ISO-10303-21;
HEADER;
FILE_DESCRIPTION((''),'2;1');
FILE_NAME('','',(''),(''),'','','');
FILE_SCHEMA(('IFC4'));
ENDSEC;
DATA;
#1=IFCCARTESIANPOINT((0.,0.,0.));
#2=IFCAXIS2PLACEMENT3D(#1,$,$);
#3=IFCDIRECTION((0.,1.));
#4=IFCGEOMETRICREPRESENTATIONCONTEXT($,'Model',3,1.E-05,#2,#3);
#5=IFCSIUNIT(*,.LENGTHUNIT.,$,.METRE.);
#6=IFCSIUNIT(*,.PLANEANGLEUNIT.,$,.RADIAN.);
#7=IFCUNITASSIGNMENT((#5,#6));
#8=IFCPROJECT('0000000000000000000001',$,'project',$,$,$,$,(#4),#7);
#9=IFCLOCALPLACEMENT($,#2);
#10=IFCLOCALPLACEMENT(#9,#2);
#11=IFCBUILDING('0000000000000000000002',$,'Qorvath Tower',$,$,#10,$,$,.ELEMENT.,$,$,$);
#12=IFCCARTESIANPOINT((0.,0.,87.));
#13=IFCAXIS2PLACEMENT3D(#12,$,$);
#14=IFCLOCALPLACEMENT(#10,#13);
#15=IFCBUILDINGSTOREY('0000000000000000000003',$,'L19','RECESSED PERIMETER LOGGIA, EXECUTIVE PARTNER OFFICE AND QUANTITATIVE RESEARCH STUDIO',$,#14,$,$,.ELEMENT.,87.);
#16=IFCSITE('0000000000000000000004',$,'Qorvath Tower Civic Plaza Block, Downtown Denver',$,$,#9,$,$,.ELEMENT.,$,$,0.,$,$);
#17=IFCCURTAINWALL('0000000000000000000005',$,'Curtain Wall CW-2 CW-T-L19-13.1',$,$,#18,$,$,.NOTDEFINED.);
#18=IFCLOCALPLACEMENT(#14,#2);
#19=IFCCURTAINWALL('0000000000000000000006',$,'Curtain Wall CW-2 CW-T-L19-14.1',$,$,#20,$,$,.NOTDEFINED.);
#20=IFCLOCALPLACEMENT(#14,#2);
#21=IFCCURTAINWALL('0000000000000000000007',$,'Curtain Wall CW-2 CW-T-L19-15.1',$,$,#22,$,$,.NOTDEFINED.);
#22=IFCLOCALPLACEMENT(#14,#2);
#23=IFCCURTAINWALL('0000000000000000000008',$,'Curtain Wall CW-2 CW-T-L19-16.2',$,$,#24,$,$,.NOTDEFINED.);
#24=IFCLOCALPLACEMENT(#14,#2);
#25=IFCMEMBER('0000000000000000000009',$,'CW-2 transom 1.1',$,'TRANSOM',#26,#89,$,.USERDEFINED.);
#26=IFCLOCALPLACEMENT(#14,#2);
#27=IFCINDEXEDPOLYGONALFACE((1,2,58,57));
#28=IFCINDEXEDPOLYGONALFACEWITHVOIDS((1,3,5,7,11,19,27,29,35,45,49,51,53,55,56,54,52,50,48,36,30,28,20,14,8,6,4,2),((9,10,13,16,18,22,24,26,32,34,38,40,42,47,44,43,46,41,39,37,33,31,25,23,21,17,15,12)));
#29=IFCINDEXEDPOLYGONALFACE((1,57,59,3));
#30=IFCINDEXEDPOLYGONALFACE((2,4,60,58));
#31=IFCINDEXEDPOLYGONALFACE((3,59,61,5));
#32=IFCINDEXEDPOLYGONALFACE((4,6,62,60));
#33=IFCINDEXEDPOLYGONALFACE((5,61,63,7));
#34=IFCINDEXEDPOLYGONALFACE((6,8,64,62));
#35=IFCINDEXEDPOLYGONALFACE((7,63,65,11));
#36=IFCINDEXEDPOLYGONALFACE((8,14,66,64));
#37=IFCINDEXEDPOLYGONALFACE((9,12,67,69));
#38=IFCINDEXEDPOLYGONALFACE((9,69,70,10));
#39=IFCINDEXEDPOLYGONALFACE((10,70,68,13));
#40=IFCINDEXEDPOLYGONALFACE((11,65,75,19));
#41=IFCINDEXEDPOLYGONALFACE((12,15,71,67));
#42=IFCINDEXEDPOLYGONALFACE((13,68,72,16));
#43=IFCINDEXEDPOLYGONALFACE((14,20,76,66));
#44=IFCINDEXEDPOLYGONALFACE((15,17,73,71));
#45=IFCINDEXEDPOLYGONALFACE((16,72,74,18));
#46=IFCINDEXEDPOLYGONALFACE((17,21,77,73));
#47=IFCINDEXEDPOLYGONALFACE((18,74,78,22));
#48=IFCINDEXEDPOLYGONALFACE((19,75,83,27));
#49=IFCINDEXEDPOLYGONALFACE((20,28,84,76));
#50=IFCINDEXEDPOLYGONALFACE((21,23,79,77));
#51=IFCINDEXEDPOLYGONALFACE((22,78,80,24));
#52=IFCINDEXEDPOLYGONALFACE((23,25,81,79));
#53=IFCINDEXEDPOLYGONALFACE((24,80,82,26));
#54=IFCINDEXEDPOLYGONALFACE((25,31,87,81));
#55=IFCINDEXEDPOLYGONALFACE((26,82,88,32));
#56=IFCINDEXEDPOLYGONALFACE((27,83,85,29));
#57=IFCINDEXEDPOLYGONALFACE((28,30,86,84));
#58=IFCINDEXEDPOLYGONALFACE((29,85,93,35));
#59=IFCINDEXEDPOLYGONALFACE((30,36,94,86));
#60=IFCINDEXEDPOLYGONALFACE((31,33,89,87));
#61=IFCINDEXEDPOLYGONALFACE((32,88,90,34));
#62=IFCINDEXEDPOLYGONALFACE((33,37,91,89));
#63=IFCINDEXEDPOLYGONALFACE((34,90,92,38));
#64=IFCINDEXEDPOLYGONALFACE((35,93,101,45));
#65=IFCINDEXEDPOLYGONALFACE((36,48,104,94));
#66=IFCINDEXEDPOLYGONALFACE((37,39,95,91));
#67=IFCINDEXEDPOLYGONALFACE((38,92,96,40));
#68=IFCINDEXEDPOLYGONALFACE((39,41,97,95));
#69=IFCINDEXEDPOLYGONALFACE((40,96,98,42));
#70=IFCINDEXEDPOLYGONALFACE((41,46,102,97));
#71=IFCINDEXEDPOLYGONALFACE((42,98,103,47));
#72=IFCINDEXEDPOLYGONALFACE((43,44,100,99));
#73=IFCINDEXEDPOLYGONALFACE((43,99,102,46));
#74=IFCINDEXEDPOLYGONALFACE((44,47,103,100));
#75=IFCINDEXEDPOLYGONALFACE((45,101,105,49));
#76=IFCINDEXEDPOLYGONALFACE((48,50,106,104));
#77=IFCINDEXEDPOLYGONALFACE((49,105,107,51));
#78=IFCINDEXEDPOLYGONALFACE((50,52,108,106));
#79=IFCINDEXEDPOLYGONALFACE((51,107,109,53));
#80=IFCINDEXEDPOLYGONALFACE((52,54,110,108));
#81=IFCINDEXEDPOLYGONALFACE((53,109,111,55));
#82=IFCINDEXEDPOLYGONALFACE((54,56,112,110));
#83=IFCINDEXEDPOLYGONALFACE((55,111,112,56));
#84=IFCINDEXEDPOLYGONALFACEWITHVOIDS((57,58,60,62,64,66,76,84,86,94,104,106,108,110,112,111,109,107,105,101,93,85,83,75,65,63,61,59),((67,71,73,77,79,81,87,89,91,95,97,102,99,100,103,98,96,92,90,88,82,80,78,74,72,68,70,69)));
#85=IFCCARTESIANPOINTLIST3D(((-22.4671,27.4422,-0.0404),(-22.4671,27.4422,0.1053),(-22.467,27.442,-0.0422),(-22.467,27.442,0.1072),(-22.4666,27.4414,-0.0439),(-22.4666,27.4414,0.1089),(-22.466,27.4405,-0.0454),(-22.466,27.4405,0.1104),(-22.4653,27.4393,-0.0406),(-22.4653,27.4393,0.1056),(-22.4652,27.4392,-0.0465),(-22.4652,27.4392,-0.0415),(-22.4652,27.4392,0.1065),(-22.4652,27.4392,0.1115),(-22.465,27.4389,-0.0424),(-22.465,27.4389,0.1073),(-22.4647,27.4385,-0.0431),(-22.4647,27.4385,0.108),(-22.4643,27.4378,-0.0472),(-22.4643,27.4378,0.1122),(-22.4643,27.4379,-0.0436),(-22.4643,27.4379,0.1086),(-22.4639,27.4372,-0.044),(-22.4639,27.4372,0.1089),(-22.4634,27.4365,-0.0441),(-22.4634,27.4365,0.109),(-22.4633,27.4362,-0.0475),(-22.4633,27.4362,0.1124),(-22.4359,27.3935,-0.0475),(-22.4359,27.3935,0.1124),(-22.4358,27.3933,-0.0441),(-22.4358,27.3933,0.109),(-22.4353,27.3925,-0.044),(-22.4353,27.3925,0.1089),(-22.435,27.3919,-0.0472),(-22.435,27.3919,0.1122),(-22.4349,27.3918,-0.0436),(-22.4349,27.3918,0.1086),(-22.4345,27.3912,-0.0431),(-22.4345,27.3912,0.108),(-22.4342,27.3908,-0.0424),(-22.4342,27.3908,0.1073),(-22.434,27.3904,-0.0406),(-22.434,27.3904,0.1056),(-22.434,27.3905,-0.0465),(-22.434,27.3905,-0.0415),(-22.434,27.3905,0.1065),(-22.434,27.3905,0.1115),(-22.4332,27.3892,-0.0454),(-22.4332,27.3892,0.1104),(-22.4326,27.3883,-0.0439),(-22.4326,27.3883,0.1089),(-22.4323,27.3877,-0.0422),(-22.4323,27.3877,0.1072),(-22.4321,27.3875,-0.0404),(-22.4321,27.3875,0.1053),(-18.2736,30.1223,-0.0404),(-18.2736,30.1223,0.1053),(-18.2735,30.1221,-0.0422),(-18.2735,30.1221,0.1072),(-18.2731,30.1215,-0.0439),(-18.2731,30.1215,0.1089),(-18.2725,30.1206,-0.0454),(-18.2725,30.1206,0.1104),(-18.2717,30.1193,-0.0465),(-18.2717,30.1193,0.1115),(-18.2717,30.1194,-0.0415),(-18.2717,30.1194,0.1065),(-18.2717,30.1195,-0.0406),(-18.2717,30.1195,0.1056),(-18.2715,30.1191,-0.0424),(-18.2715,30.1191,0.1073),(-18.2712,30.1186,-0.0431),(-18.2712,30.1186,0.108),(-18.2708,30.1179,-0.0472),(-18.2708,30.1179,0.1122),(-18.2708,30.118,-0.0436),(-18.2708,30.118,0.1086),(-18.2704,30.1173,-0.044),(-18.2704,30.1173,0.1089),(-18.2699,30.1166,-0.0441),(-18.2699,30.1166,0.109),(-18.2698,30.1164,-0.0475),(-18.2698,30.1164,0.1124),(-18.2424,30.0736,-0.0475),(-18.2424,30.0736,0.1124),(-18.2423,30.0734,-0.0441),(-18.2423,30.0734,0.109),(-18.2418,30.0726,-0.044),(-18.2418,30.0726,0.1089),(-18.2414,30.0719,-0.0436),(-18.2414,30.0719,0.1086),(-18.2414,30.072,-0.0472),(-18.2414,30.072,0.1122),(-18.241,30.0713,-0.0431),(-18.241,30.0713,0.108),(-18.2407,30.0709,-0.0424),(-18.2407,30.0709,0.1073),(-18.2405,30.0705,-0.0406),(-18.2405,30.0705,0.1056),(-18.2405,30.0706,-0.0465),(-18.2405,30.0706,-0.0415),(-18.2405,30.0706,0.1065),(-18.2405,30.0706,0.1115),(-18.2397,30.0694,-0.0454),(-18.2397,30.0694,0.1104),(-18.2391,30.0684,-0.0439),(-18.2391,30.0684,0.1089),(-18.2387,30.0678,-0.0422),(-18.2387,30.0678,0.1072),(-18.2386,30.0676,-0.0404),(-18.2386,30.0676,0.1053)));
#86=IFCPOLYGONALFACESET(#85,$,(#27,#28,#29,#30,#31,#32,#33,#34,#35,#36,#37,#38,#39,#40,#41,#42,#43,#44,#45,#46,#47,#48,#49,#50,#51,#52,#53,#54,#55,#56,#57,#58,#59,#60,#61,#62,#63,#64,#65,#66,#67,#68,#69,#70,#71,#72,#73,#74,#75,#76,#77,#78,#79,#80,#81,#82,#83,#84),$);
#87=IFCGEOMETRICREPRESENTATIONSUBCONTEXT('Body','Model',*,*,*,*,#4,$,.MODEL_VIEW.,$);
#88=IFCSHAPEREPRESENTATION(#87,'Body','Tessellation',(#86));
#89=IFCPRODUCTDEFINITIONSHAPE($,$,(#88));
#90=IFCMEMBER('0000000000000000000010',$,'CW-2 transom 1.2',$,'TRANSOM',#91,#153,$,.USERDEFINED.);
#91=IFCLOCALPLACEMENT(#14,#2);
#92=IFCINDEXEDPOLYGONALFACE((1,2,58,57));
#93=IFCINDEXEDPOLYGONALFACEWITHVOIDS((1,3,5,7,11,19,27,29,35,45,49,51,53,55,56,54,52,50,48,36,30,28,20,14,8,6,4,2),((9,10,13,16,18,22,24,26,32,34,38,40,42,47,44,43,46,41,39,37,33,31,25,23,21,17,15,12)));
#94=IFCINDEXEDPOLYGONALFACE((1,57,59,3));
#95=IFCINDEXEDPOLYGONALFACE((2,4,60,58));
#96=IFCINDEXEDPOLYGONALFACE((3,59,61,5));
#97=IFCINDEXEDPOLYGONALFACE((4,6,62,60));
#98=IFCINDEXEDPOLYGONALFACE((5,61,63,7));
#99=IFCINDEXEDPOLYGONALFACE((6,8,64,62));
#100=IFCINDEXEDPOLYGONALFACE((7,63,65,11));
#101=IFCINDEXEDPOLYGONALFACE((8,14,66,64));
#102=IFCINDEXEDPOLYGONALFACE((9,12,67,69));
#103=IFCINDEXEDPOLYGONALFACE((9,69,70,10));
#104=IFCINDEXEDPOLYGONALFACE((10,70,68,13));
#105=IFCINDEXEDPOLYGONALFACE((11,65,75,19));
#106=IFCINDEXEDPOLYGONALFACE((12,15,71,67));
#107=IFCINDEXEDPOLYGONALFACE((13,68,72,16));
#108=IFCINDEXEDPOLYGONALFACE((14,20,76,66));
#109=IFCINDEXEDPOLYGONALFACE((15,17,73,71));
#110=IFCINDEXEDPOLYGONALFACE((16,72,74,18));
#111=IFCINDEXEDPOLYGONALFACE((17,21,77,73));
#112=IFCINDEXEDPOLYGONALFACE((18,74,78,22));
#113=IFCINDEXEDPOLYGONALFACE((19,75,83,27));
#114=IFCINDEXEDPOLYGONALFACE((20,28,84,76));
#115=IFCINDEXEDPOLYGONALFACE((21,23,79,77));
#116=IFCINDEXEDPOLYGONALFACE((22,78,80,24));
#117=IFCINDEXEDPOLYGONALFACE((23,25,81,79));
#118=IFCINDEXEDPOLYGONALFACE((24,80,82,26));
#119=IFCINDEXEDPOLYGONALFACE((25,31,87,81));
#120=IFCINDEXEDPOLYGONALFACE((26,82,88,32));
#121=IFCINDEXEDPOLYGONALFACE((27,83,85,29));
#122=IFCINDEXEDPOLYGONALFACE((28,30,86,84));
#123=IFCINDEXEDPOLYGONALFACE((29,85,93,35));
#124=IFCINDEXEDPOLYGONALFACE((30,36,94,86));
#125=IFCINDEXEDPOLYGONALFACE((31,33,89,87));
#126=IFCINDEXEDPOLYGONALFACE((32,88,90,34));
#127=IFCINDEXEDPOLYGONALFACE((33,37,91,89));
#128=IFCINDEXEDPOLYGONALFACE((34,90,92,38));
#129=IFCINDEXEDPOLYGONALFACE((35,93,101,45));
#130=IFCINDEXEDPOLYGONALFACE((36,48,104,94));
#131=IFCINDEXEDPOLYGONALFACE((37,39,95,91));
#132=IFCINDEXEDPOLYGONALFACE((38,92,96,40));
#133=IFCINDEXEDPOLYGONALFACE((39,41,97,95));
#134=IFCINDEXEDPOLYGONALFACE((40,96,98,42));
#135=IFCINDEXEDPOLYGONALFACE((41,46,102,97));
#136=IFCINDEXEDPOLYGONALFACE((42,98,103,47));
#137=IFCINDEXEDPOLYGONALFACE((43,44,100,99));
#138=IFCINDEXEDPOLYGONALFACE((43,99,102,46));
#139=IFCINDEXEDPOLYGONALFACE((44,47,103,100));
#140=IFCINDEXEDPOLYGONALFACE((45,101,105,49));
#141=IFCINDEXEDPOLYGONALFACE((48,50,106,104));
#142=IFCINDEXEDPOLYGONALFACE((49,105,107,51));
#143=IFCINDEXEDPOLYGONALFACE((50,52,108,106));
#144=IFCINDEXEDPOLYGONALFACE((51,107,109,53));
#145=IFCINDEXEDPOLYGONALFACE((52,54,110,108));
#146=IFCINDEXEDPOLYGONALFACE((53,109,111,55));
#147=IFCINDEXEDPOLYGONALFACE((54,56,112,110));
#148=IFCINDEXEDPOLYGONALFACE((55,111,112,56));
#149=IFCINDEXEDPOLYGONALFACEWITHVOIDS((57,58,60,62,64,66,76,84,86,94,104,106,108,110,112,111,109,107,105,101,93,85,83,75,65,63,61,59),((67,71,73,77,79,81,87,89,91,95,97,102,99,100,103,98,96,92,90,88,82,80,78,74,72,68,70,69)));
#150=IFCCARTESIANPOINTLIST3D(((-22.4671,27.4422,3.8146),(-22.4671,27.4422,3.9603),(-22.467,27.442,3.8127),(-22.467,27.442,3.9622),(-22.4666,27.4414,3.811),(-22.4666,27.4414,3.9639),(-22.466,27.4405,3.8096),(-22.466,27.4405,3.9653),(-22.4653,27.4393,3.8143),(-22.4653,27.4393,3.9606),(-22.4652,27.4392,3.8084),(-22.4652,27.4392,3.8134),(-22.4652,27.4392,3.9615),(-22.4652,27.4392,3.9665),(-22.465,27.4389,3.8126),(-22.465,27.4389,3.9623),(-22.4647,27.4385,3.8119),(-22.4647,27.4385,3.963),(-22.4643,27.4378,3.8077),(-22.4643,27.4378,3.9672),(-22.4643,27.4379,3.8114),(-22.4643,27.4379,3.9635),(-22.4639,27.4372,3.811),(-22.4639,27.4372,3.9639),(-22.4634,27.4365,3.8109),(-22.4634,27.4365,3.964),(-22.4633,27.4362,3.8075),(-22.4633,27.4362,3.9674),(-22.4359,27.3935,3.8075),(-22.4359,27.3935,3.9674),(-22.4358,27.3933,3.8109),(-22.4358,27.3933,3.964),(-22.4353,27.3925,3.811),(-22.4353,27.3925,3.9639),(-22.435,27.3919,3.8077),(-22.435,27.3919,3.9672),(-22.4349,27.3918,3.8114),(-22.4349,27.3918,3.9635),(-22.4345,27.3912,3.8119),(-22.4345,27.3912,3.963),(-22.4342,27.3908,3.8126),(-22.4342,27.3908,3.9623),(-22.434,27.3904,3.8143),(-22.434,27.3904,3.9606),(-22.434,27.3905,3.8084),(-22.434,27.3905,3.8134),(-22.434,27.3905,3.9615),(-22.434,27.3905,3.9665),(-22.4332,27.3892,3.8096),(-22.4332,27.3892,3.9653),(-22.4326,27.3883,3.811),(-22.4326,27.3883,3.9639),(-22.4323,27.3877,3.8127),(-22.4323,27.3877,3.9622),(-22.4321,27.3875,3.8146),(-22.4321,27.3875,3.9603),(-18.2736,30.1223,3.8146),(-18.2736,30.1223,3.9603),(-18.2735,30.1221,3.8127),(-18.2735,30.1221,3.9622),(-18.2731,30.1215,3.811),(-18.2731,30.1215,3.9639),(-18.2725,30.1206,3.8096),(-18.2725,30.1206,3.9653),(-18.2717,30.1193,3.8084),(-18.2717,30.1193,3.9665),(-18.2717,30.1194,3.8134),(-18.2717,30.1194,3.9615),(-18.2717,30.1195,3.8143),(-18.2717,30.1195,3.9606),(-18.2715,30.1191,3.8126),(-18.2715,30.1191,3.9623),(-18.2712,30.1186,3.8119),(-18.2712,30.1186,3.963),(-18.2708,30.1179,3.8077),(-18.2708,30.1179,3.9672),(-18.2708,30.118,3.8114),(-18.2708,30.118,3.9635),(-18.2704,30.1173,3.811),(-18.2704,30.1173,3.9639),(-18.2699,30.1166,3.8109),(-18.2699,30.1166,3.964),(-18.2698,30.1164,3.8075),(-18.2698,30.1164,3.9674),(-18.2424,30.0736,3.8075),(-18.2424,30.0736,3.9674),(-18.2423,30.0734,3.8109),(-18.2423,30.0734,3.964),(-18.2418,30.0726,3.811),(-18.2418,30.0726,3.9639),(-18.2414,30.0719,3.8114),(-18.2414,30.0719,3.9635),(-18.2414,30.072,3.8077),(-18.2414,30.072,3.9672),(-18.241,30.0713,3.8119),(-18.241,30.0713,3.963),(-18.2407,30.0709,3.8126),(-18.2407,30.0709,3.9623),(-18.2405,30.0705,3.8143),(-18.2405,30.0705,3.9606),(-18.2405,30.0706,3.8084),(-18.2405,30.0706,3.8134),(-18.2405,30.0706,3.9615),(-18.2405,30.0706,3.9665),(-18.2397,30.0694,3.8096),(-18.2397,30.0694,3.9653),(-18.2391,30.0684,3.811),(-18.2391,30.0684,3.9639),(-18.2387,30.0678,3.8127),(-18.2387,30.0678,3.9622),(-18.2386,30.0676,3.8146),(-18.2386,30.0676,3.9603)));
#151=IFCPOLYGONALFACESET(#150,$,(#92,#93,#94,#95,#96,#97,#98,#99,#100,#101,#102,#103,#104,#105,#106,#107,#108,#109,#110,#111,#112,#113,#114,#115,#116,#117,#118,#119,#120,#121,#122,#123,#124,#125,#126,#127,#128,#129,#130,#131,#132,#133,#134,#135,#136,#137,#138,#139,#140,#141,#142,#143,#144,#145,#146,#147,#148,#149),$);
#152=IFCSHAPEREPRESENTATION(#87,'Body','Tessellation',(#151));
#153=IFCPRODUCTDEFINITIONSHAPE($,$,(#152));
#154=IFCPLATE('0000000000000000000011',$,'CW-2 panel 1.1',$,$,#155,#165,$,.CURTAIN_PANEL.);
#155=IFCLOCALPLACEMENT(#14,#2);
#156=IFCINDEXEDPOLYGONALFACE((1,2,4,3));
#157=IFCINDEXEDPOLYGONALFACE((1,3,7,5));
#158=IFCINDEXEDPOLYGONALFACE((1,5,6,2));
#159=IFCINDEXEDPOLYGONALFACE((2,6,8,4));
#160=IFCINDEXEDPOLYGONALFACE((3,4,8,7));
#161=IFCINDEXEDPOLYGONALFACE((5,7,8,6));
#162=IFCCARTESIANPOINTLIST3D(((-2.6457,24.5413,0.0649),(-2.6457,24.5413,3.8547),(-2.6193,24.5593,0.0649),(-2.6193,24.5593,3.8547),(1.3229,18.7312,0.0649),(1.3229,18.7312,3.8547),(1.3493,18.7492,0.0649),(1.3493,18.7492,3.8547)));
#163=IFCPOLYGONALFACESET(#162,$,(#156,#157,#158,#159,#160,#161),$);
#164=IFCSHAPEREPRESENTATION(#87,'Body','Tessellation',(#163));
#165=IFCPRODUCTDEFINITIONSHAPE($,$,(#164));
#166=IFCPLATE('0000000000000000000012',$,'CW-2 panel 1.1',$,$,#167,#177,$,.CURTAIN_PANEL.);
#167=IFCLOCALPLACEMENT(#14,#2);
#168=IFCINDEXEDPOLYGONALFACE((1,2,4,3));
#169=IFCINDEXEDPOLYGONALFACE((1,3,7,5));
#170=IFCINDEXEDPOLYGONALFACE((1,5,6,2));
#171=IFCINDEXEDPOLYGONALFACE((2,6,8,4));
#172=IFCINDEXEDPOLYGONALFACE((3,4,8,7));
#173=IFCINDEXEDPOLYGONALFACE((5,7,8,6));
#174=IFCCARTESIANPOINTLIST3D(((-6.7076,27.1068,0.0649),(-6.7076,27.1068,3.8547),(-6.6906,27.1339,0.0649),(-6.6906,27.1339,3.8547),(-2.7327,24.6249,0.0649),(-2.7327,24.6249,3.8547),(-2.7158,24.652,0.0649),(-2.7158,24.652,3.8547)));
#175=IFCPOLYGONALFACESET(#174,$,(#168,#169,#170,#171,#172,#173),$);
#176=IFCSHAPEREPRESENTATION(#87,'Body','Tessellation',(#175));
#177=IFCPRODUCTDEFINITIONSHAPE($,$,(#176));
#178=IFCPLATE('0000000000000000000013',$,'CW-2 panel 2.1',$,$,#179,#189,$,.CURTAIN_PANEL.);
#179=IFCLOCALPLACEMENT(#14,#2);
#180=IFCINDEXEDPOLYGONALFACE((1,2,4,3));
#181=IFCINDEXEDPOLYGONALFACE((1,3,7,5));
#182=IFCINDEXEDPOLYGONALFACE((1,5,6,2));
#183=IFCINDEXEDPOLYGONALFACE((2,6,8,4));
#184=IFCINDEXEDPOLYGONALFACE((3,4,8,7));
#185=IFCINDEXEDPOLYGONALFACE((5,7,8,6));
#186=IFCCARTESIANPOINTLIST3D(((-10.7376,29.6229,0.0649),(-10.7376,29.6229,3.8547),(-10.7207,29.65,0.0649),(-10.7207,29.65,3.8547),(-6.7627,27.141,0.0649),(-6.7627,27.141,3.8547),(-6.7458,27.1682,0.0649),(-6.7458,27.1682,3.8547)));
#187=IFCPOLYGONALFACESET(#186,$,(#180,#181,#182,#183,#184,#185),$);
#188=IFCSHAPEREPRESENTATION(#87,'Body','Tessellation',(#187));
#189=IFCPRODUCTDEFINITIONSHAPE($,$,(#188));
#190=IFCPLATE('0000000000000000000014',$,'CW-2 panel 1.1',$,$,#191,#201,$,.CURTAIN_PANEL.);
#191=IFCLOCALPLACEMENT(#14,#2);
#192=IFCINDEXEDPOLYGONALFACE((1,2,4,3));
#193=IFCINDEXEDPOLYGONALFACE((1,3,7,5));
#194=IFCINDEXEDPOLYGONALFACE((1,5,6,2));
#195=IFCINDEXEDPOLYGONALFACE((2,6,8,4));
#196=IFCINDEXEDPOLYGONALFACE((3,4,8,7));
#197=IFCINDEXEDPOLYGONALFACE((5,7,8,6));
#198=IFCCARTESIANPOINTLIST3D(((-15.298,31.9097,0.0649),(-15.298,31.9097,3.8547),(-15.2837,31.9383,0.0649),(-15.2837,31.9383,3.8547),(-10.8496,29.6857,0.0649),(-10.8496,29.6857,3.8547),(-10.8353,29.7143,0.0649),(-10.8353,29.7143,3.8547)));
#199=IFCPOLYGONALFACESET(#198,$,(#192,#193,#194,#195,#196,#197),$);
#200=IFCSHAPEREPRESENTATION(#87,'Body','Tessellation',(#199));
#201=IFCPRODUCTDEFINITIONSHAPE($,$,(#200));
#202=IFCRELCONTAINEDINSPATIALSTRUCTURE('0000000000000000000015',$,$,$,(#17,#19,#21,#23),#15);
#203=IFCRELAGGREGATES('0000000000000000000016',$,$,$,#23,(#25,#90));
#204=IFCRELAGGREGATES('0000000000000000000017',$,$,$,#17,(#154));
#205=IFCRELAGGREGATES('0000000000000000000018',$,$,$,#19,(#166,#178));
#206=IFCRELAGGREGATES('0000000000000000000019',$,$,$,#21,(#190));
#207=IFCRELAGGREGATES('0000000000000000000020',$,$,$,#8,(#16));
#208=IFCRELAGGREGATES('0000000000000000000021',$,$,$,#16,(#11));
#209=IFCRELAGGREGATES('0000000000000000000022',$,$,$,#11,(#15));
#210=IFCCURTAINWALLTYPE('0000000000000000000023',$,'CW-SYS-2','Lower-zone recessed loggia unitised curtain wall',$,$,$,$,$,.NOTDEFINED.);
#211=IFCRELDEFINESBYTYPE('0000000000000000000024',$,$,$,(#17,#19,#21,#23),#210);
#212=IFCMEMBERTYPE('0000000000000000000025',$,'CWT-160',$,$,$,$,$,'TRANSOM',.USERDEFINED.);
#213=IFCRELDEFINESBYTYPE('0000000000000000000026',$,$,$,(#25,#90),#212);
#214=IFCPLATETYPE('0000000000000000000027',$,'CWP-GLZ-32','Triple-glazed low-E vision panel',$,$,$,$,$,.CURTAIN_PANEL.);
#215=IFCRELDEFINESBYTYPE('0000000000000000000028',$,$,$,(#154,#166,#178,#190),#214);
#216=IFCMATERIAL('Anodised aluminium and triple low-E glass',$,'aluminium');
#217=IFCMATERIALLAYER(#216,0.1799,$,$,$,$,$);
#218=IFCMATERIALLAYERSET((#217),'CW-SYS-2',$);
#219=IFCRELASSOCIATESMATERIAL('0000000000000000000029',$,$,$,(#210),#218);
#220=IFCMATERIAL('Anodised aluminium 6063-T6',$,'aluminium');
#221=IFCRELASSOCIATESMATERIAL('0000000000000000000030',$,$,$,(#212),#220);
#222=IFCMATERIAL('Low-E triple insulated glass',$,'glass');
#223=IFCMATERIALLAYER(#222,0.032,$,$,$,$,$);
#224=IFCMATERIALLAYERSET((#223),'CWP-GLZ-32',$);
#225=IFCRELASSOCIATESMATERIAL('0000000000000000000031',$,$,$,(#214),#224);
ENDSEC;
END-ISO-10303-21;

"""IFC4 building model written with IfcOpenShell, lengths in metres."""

from ifc_helpers import new_model, si_unit, direction, frame, origin, origin_2d, place, context, subcontext, project, spatial, rectangle, hollow_rectangle, extrude, material, layer, layer_set, material_profile, profile_set, type_object, element, aggregate, save


model = new_model("IFC4")

# Units and contexts
model_context = context("Model", 3, precision=1e-05, world=origin(), true_north=direction((0.0, 1.0)))
body_context = subcontext(model_context, "Body", "Model", "MODEL_VIEW")
ifc_project = project(units=[si_unit("LENGTHUNIT", "METRE"), si_unit("PLANEANGLEUNIT", "RADIAN")], contexts=[model_context])

# Site, building, storey
site_placement = place(None, origin())
site = spatial("IfcSite", under=ifc_project, at=site_placement, Name="Qorvath Tower Civic Plaza Block, Downtown Denver", CompositionType="ELEMENT", RefElevation=0.0)
building_placement = place(site_placement, origin())
building = spatial("IfcBuilding", under=site, at=building_placement, Name="Qorvath Tower", CompositionType="ELEMENT")
storey_placement = place(building_placement, frame((0.0, 0.0, 87.0)))
storey = spatial("IfcBuildingStorey", under=building, at=storey_placement, Name="L19", Description="RECESSED PERIMETER LOGGIA, EXECUTIVE PARTNER OFFICE AND QUANTITATIVE RESEARCH STUDIO", CompositionType="ELEMENT", Elevation=87.0)

# Curtain wall
ifc_material_1 = material(Name="Anodised aluminium and triple low-E glass", Category="aluminium")
ifc_layer_1 = layer(ifc_material_1, 0.1799)
ifc_layer_set_1 = layer_set([ifc_layer_1], Name="CW-SYS-2")
curtain_wall_type = type_object("IfcCurtainWallType", Name="CW-SYS-2", Description="Lower-zone recessed loggia unitised curtain wall", PredefinedType="NOTDEFINED", material=ifc_layer_set_1)
curtain_wall_1_placement = place(storey_placement, origin())
curtain_wall_1 = element("IfcCurtainWall", 1, at=curtain_wall_1_placement, inside=storey, type_object=curtain_wall_type, Name="Curtain Wall CW-2 CW-T-L19-13.1", PredefinedType="NOTDEFINED")

# Curtain walls
curtain_wall_2_placement = place(storey_placement, origin())
curtain_wall_2 = element("IfcCurtainWall", 2, at=curtain_wall_2_placement, inside=storey, type_object=curtain_wall_type, Name="Curtain Wall CW-2 CW-T-L19-14.1", PredefinedType="NOTDEFINED")
curtain_wall_3_placement = place(storey_placement, origin())
curtain_wall_3 = element("IfcCurtainWall", 3, at=curtain_wall_3_placement, inside=storey, type_object=curtain_wall_type, Name="Curtain Wall CW-2 CW-T-L19-15.1", PredefinedType="NOTDEFINED")

# Curtain wall
curtain_wall_4_placement = place(storey_placement, origin())
curtain_wall_4 = element("IfcCurtainWall", 4, at=curtain_wall_4_placement, inside=storey, type_object=curtain_wall_type, Name="Curtain Wall CW-2 CW-T-L19-16.2", PredefinedType="NOTDEFINED")

# Members
ifc_material_2 = material(Name="Anodised aluminium 6063-T6", Category="aluminium")
ifc_material_profile_1 = material_profile(ifc_material_2, hollow_rectangle(XDim=0.0649, YDim=0.1599, WallThickness=0.0034, InnerFilletRadius=0.0034, OuterFilletRadius=0.0071, at=origin_2d()), Name="CWT 160x65")
ifc_profile_set_1 = profile_set([ifc_material_profile_1], Name="Anodised aluminium 6063-T6")
member_type_1 = type_object("IfcMemberType", Name="CWT-160", ElementType="TRANSOM", PredefinedType="USERDEFINED", material=ifc_profile_set_1)
member_1_placement = place(storey_placement, frame((-18.2561, 30.095, 0.0325), z_axis=(-0.842612, -0.538522, 0.0), x_axis=(0.538522, -0.842612, 0.0)))
member_1 = element("IfcMember", 5, at=member_1_placement, type_object=member_type_1, Name="CW-2 transom 1.1", ObjectType="TRANSOM", PredefinedType="USERDEFINED", context=body_context, shape_type="SweptSolid", body=[
    extrude(hollow_rectangle(XDim=0.0649, YDim=0.1599, WallThickness=0.0034, InnerFilletRadius=0.0034, OuterFilletRadius=0.0071, at=origin_2d()), origin(), (0.0, 0.0, 1.0), 4.9768),
])
member_2_placement = place(storey_placement, frame((-18.2561, 30.095, 3.8875), z_axis=(-0.842612, -0.538522, 0.0), x_axis=(0.538522, -0.842612, 0.0)))
member_2 = element("IfcMember", 6, at=member_2_placement, type_object=member_type_1, Name="CW-2 transom 1.2", ObjectType="TRANSOM", PredefinedType="USERDEFINED", context=body_context, shape_type="SweptSolid", body=[
    extrude(hollow_rectangle(XDim=0.0649, YDim=0.1599, WallThickness=0.0034, InnerFilletRadius=0.0034, OuterFilletRadius=0.0071, at=origin_2d()), origin(), (0.0, 0.0, 1.0), 4.9768),
])
aggregate(curtain_wall_4, [member_1, member_2])

# Plates
ifc_material_3 = material(Name="Low-E triple insulated glass", Category="glass")
ifc_layer_2 = layer(ifc_material_3, 0.032)
ifc_layer_set_2 = layer_set([ifc_layer_2], Name="CWP-GLZ-32")
plate_type = type_object("IfcPlateType", Name="CWP-GLZ-32", Description="Triple-glazed low-E vision panel", PredefinedType="CURTAIN_PANEL", material=ifc_layer_set_2)
plate_1_placement = place(storey_placement, frame((-0.6482, 21.6453, 0.0649), z_axis=(0.0, 0.0, 1.0), x_axis=(-0.564036, 0.82575, 0.0)))
plate_1 = element("IfcPlate", 7, at=plate_1_placement, type_object=plate_type, Name="CW-2 panel 1.1", PredefinedType="CURTAIN_PANEL", context=body_context, shape_type="SweptSolid", body=[
    extrude(rectangle(XDim=7.0361, YDim=0.032, at=origin_2d()), origin(), (0.0, 0.0, 1.0), 3.7898),
])
aggregate(curtain_wall_1, [plate_1])
plate_2_placement = place(storey_placement, frame((-4.7117, 25.8794, 0.0649), z_axis=(0.0, 0.0, 1.0), x_axis=(-0.848232, 0.529625, 0.0)))
plate_2 = element("IfcPlate", 8, at=plate_2_placement, type_object=plate_type, Name="CW-2 panel 1.1", PredefinedType="CURTAIN_PANEL", context=body_context, shape_type="SweptSolid", body=[
    extrude(rectangle(XDim=4.686, YDim=0.032, at=origin_2d()), origin(), (0.0, 0.0, 1.0), 3.7898),
])
plate_3_placement = place(storey_placement, frame((-8.7417, 28.3955, 0.0649), z_axis=(0.0, 0.0, 1.0), x_axis=(-0.848232, 0.529625, 0.0)))
plate_3 = element("IfcPlate", 9, at=plate_3_placement, type_object=plate_type, Name="CW-2 panel 2.1", PredefinedType="CURTAIN_PANEL", context=body_context, shape_type="SweptSolid", body=[
    extrude(rectangle(XDim=4.686, YDim=0.032, at=origin_2d()), origin(), (0.0, 0.0, 1.0), 3.7898),
])
aggregate(curtain_wall_2, [plate_2, plate_3])
plate_4_placement = place(storey_placement, frame((-13.0667, 30.812, 0.0649), z_axis=(0.0, 0.0, 1.0), x_axis=(-0.894439, 0.44719, 0.0)))
plate_4 = element("IfcPlate", 10, at=plate_4_placement, type_object=plate_type, Name="CW-2 panel 1.1", PredefinedType="CURTAIN_PANEL", context=body_context, shape_type="SweptSolid", body=[
    extrude(rectangle(XDim=4.9734, YDim=0.032, at=origin_2d()), origin(), (0.0, 0.0, 1.0), 3.7898),
])
aggregate(curtain_wall_3, [plate_4])

save(model, "model.ifc")
